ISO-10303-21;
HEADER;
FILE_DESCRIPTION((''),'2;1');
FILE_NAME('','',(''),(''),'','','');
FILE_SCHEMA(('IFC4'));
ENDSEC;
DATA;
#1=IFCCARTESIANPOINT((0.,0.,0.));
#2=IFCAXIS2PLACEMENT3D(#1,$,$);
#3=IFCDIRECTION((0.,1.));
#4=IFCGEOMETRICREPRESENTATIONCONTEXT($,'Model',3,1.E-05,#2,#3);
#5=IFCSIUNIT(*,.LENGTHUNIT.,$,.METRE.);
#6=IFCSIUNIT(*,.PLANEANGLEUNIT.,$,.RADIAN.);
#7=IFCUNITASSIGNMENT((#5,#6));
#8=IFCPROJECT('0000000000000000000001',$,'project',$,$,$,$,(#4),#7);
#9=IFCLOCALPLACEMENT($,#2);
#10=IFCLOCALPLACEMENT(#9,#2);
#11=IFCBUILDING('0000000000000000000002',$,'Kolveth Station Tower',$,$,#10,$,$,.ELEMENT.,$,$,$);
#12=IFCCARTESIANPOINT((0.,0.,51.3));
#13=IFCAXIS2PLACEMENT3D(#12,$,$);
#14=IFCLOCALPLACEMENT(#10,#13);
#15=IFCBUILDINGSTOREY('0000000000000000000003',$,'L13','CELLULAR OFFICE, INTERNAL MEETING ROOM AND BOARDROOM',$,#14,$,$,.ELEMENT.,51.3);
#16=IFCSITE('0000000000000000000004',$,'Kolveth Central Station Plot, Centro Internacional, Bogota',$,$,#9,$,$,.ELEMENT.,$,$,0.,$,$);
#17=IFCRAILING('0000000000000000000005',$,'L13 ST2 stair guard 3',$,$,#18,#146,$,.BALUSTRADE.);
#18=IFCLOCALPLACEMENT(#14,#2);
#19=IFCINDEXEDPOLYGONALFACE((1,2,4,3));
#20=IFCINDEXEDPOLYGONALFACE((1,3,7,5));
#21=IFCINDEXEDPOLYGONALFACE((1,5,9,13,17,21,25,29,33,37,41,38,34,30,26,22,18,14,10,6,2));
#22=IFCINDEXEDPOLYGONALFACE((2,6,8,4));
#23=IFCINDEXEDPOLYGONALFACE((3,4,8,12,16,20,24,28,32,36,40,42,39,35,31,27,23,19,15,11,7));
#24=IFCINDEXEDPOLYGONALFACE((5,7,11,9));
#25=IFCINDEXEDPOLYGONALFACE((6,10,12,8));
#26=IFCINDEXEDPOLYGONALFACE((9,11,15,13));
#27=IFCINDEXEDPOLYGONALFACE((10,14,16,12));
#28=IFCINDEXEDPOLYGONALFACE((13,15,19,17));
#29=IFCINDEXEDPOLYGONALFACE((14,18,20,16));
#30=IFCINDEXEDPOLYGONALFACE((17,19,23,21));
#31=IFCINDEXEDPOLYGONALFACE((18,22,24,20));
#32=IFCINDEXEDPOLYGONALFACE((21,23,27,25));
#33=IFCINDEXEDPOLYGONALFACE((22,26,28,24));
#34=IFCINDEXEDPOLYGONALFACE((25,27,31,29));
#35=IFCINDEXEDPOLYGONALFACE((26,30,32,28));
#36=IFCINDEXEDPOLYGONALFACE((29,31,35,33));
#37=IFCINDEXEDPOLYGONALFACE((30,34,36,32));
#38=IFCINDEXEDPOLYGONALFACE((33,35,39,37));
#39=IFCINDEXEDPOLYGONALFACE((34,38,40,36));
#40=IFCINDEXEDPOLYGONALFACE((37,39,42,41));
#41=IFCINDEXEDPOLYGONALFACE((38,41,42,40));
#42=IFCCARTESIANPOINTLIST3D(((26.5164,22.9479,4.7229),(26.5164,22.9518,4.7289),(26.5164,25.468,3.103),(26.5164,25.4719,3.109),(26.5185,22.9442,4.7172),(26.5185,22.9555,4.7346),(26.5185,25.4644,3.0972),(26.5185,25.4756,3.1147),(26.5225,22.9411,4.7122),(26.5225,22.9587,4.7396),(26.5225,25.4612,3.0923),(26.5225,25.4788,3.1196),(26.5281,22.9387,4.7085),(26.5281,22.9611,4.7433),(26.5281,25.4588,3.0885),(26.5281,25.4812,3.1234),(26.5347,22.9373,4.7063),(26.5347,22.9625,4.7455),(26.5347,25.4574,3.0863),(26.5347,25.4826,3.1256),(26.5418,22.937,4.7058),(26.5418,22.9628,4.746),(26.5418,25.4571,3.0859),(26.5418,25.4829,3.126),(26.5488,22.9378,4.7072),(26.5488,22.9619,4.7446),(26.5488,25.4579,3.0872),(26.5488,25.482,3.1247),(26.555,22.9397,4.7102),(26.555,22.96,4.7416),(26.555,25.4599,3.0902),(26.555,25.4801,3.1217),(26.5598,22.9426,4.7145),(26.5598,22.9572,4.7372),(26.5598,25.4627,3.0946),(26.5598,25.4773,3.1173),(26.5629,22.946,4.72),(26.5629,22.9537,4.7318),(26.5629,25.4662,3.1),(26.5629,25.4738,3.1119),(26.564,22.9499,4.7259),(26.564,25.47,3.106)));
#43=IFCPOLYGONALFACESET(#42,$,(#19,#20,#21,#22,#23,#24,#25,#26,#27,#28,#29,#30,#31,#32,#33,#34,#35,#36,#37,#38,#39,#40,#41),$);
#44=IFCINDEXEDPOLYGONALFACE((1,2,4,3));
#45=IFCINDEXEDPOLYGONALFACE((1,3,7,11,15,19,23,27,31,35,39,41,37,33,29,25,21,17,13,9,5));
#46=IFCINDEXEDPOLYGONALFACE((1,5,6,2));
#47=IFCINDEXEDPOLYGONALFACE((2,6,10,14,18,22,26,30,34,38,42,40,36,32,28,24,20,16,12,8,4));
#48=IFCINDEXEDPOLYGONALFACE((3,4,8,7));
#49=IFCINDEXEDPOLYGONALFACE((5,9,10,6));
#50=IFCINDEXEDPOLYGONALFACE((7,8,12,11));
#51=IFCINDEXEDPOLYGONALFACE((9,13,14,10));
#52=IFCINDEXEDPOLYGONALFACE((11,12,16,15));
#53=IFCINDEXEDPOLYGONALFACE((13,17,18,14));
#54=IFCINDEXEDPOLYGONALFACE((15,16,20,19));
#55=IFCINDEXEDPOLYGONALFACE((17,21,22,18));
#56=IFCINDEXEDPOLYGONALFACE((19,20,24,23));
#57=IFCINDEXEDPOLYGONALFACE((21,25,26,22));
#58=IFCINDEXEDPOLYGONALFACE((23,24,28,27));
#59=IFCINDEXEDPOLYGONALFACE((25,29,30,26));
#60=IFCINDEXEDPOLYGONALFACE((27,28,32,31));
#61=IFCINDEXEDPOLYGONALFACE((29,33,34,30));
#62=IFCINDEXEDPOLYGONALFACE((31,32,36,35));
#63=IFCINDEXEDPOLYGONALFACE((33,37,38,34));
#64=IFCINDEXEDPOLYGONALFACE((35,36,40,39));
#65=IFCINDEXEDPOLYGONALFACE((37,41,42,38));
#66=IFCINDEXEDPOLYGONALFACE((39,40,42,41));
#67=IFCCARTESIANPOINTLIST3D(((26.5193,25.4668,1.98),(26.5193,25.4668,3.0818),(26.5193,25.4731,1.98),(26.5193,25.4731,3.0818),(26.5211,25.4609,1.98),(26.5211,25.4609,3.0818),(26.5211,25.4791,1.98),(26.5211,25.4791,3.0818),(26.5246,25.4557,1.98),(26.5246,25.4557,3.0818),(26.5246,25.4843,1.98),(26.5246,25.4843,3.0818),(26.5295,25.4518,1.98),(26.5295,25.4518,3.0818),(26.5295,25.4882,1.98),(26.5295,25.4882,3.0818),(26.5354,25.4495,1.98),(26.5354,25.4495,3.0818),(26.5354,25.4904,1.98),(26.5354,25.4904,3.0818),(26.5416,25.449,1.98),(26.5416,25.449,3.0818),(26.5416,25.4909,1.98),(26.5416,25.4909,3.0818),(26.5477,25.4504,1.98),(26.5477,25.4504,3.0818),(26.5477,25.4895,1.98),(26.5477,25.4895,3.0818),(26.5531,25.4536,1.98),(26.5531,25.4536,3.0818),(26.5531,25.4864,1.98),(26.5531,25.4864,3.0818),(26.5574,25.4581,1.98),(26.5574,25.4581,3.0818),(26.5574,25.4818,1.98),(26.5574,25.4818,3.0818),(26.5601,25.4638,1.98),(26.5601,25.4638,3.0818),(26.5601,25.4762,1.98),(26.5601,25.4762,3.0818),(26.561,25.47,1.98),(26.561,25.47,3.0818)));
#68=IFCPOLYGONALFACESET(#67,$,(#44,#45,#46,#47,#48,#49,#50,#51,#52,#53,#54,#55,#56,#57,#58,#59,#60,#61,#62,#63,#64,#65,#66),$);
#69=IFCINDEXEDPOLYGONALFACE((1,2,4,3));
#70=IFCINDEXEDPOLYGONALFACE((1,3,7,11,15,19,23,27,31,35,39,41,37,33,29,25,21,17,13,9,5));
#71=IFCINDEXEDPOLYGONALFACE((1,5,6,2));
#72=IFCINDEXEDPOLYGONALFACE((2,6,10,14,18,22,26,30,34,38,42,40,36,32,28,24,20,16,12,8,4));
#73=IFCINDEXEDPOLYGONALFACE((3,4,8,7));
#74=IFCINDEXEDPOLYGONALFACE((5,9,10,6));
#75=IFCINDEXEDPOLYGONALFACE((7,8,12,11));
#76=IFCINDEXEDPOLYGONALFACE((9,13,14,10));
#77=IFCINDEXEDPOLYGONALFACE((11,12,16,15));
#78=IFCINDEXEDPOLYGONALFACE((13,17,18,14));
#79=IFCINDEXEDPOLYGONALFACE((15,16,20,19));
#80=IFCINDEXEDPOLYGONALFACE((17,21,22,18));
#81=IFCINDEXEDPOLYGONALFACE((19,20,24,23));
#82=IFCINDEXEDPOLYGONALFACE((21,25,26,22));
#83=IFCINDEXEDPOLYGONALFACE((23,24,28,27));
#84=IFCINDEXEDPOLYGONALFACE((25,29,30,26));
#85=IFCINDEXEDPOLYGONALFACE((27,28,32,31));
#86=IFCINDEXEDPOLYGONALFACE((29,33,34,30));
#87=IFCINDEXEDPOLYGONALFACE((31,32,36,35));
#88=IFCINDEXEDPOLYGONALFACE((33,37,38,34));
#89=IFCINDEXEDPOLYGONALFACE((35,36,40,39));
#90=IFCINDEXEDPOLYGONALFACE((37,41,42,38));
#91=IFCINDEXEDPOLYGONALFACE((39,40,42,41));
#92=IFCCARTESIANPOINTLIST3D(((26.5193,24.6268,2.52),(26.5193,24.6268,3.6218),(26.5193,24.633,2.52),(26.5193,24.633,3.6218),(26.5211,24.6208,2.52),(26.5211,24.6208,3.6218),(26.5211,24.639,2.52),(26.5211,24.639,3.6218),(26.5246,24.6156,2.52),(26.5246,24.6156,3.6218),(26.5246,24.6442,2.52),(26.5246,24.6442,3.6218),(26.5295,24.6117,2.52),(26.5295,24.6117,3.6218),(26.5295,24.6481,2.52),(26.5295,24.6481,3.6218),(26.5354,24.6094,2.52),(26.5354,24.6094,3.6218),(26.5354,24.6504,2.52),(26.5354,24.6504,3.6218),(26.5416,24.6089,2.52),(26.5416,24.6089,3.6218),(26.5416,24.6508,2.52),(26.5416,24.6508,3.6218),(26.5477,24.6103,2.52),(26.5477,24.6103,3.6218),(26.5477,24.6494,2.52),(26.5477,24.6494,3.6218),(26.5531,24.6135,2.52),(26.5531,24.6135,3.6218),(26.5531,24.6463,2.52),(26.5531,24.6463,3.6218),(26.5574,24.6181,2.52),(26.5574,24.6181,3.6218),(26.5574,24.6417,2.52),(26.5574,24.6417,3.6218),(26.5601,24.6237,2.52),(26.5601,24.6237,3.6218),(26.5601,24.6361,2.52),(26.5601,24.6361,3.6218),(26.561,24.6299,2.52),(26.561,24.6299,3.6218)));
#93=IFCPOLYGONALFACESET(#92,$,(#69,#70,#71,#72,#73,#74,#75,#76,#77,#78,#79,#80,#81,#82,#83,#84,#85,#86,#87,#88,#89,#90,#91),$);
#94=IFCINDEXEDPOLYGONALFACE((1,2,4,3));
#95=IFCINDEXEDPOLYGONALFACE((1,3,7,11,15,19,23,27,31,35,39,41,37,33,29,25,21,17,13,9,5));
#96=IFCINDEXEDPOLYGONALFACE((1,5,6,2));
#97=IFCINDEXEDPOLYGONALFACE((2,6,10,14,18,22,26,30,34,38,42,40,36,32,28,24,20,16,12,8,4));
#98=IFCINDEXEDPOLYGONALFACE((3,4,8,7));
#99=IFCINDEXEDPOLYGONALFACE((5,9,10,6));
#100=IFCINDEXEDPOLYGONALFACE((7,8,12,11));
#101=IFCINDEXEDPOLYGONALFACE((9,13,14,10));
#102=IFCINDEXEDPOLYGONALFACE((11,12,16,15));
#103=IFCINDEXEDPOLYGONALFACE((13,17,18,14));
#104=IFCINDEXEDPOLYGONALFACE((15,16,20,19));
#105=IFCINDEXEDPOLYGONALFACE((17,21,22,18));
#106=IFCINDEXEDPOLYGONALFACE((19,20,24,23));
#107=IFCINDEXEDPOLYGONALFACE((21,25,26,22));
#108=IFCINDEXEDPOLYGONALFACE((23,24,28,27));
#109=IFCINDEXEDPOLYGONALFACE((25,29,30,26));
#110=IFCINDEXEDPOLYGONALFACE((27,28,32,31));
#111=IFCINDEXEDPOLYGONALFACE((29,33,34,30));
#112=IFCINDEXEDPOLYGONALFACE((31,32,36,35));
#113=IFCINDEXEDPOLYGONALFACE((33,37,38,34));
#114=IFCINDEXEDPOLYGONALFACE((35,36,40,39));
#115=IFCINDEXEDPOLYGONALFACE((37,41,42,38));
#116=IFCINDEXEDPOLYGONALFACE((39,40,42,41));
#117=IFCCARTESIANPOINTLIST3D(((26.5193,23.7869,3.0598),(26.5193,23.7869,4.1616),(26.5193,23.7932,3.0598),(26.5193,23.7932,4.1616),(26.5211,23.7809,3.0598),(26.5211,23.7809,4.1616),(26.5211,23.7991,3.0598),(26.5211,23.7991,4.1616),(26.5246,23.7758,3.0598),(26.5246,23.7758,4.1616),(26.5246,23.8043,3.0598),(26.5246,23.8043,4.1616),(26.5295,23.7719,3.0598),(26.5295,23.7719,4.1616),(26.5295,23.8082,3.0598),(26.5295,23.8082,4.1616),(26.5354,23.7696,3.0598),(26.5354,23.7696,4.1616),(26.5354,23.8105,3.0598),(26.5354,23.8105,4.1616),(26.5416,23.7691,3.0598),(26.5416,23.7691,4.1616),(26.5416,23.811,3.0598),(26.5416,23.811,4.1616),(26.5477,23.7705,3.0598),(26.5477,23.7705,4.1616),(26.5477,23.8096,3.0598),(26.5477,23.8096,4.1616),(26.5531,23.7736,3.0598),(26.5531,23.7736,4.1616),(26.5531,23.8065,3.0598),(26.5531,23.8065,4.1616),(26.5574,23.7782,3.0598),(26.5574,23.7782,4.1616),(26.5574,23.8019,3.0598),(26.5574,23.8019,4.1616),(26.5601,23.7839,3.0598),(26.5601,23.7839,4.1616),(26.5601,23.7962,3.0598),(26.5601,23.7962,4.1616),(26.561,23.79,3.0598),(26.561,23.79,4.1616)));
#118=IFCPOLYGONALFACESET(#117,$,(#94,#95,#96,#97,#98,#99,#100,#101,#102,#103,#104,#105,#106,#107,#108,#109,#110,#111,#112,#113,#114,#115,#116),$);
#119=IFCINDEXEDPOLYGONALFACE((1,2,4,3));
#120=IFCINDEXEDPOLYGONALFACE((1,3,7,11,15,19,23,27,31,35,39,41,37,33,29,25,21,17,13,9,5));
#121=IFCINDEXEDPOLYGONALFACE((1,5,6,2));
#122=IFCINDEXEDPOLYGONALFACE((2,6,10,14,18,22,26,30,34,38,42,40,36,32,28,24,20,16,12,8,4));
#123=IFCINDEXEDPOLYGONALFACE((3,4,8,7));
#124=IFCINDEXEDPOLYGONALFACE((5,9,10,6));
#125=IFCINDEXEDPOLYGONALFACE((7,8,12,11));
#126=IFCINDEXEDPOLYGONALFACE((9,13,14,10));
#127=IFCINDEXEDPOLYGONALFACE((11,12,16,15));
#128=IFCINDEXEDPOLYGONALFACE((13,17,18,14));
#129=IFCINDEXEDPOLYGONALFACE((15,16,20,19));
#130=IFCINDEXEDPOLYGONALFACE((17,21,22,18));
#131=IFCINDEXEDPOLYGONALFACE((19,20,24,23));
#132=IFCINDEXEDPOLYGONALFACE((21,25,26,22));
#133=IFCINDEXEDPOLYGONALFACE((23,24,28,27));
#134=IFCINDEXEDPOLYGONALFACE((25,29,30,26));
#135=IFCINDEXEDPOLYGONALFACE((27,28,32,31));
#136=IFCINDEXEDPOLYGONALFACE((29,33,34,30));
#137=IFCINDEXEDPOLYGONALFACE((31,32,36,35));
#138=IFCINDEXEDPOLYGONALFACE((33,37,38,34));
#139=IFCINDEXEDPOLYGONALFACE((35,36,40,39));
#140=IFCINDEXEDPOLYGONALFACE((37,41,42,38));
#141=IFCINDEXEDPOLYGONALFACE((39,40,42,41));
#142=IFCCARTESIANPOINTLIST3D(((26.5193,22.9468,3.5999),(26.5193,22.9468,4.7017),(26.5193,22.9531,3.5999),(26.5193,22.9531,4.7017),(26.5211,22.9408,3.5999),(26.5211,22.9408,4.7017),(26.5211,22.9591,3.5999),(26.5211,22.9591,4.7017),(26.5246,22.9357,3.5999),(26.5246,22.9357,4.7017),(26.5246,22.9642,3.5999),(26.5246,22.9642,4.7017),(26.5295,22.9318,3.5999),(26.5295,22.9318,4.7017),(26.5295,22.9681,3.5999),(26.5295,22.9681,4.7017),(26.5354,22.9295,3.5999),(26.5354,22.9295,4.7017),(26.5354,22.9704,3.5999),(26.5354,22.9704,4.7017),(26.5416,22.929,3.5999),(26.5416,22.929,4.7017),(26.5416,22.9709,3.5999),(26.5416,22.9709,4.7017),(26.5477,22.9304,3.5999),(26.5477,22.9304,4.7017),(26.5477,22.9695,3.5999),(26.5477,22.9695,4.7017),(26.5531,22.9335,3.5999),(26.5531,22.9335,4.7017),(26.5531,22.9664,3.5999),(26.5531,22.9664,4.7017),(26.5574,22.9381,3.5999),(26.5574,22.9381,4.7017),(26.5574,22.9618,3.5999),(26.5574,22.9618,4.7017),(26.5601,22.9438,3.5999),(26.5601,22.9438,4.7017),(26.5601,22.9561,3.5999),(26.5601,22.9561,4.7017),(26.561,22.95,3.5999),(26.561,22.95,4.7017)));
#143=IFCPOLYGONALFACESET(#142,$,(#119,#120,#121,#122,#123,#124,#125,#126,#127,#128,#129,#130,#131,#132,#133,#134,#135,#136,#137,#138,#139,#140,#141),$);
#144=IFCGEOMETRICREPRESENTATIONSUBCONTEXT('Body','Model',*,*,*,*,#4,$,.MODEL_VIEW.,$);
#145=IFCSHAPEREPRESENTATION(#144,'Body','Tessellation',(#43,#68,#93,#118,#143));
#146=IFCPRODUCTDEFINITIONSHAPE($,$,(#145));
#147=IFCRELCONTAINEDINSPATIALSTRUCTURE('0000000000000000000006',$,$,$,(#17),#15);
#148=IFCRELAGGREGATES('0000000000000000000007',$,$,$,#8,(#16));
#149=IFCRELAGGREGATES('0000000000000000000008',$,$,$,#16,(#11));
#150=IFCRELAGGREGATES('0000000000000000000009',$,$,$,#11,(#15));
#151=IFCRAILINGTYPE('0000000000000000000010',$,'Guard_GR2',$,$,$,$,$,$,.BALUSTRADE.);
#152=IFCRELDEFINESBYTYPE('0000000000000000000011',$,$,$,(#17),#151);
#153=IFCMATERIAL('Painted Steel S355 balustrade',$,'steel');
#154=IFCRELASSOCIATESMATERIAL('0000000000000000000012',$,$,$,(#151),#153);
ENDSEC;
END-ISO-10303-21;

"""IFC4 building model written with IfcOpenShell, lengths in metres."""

from ifc_helpers import new_model, si_unit, direction, frame, origin, origin_2d, place, context, subcontext, project, spatial, circle, extrude, material, type_object, element, save


model = new_model("IFC4")

# Units and contexts
model_context = context("Model", 3, precision=1e-05, world=origin(), true_north=direction((0.0, 1.0)))
body_context = subcontext(model_context, "Body", "Model", "MODEL_VIEW")
ifc_project = project(units=[si_unit("LENGTHUNIT", "METRE"), si_unit("PLANEANGLEUNIT", "RADIAN")], contexts=[model_context])

# Site, building, storey
site_placement = place(None, origin())
site = spatial("IfcSite", under=ifc_project, at=site_placement, Name="Kolveth Central Station Plot, Centro Internacional, Bogota", CompositionType="ELEMENT", RefElevation=0.0)
building_placement = place(site_placement, origin())
building = spatial("IfcBuilding", under=site, at=building_placement, Name="Kolveth Station Tower", CompositionType="ELEMENT")
storey_placement = place(building_placement, frame((0.0, 0.0, 51.3)))
storey = spatial("IfcBuildingStorey", under=building, at=storey_placement, Name="L13", Description="CELLULAR OFFICE, INTERNAL MEETING ROOM AND BOARDROOM", CompositionType="ELEMENT", Elevation=51.3)

# Railing
ifc_material_1 = material(Name="Painted Steel S355 balustrade", Category="steel")
railing_type_1 = type_object("IfcRailingType", Name="Guard_GR2", PredefinedType="BALUSTRADE", material=ifc_material_1)
railing_1_placement = place(storey_placement, frame((26.54, 25.47, 1.98)))
element("IfcRailing", 1, at=railing_1_placement, inside=storey, type_object=railing_type_1, Name="L13 ST2 stair guard 3", PredefinedType="BALUSTRADE", context=body_context, shape_type="SweptSolid", body=[
    extrude(circle(Radius=0.0239, at=origin_2d()), frame((0.0, 0.0, 1.126), z_axis=(0.0, -0.8412, 0.540725), x_axis=(1.0, 0.0, 0.0)), (0.0, 0.0, 1.0), 2.9958),
    extrude(circle(Radius=0.021, at=origin_2d()), origin(), (0.0, 0.0, 1.0), 1.1018),
    extrude(circle(Radius=0.021, at=origin_2d()), frame((0.0, -0.8401, 0.54)), (0.0, 0.0, 1.0), 1.1018),
    extrude(circle(Radius=0.021, at=origin_2d()), frame((0.0, -1.6799, 1.0798)), (0.0, 0.0, 1.0), 1.1018),
    extrude(circle(Radius=0.021, at=origin_2d()), frame((0.0, -2.52, 1.6199)), (0.0, 0.0, 1.0), 1.1018),
])

save(model, "model.ifc")
